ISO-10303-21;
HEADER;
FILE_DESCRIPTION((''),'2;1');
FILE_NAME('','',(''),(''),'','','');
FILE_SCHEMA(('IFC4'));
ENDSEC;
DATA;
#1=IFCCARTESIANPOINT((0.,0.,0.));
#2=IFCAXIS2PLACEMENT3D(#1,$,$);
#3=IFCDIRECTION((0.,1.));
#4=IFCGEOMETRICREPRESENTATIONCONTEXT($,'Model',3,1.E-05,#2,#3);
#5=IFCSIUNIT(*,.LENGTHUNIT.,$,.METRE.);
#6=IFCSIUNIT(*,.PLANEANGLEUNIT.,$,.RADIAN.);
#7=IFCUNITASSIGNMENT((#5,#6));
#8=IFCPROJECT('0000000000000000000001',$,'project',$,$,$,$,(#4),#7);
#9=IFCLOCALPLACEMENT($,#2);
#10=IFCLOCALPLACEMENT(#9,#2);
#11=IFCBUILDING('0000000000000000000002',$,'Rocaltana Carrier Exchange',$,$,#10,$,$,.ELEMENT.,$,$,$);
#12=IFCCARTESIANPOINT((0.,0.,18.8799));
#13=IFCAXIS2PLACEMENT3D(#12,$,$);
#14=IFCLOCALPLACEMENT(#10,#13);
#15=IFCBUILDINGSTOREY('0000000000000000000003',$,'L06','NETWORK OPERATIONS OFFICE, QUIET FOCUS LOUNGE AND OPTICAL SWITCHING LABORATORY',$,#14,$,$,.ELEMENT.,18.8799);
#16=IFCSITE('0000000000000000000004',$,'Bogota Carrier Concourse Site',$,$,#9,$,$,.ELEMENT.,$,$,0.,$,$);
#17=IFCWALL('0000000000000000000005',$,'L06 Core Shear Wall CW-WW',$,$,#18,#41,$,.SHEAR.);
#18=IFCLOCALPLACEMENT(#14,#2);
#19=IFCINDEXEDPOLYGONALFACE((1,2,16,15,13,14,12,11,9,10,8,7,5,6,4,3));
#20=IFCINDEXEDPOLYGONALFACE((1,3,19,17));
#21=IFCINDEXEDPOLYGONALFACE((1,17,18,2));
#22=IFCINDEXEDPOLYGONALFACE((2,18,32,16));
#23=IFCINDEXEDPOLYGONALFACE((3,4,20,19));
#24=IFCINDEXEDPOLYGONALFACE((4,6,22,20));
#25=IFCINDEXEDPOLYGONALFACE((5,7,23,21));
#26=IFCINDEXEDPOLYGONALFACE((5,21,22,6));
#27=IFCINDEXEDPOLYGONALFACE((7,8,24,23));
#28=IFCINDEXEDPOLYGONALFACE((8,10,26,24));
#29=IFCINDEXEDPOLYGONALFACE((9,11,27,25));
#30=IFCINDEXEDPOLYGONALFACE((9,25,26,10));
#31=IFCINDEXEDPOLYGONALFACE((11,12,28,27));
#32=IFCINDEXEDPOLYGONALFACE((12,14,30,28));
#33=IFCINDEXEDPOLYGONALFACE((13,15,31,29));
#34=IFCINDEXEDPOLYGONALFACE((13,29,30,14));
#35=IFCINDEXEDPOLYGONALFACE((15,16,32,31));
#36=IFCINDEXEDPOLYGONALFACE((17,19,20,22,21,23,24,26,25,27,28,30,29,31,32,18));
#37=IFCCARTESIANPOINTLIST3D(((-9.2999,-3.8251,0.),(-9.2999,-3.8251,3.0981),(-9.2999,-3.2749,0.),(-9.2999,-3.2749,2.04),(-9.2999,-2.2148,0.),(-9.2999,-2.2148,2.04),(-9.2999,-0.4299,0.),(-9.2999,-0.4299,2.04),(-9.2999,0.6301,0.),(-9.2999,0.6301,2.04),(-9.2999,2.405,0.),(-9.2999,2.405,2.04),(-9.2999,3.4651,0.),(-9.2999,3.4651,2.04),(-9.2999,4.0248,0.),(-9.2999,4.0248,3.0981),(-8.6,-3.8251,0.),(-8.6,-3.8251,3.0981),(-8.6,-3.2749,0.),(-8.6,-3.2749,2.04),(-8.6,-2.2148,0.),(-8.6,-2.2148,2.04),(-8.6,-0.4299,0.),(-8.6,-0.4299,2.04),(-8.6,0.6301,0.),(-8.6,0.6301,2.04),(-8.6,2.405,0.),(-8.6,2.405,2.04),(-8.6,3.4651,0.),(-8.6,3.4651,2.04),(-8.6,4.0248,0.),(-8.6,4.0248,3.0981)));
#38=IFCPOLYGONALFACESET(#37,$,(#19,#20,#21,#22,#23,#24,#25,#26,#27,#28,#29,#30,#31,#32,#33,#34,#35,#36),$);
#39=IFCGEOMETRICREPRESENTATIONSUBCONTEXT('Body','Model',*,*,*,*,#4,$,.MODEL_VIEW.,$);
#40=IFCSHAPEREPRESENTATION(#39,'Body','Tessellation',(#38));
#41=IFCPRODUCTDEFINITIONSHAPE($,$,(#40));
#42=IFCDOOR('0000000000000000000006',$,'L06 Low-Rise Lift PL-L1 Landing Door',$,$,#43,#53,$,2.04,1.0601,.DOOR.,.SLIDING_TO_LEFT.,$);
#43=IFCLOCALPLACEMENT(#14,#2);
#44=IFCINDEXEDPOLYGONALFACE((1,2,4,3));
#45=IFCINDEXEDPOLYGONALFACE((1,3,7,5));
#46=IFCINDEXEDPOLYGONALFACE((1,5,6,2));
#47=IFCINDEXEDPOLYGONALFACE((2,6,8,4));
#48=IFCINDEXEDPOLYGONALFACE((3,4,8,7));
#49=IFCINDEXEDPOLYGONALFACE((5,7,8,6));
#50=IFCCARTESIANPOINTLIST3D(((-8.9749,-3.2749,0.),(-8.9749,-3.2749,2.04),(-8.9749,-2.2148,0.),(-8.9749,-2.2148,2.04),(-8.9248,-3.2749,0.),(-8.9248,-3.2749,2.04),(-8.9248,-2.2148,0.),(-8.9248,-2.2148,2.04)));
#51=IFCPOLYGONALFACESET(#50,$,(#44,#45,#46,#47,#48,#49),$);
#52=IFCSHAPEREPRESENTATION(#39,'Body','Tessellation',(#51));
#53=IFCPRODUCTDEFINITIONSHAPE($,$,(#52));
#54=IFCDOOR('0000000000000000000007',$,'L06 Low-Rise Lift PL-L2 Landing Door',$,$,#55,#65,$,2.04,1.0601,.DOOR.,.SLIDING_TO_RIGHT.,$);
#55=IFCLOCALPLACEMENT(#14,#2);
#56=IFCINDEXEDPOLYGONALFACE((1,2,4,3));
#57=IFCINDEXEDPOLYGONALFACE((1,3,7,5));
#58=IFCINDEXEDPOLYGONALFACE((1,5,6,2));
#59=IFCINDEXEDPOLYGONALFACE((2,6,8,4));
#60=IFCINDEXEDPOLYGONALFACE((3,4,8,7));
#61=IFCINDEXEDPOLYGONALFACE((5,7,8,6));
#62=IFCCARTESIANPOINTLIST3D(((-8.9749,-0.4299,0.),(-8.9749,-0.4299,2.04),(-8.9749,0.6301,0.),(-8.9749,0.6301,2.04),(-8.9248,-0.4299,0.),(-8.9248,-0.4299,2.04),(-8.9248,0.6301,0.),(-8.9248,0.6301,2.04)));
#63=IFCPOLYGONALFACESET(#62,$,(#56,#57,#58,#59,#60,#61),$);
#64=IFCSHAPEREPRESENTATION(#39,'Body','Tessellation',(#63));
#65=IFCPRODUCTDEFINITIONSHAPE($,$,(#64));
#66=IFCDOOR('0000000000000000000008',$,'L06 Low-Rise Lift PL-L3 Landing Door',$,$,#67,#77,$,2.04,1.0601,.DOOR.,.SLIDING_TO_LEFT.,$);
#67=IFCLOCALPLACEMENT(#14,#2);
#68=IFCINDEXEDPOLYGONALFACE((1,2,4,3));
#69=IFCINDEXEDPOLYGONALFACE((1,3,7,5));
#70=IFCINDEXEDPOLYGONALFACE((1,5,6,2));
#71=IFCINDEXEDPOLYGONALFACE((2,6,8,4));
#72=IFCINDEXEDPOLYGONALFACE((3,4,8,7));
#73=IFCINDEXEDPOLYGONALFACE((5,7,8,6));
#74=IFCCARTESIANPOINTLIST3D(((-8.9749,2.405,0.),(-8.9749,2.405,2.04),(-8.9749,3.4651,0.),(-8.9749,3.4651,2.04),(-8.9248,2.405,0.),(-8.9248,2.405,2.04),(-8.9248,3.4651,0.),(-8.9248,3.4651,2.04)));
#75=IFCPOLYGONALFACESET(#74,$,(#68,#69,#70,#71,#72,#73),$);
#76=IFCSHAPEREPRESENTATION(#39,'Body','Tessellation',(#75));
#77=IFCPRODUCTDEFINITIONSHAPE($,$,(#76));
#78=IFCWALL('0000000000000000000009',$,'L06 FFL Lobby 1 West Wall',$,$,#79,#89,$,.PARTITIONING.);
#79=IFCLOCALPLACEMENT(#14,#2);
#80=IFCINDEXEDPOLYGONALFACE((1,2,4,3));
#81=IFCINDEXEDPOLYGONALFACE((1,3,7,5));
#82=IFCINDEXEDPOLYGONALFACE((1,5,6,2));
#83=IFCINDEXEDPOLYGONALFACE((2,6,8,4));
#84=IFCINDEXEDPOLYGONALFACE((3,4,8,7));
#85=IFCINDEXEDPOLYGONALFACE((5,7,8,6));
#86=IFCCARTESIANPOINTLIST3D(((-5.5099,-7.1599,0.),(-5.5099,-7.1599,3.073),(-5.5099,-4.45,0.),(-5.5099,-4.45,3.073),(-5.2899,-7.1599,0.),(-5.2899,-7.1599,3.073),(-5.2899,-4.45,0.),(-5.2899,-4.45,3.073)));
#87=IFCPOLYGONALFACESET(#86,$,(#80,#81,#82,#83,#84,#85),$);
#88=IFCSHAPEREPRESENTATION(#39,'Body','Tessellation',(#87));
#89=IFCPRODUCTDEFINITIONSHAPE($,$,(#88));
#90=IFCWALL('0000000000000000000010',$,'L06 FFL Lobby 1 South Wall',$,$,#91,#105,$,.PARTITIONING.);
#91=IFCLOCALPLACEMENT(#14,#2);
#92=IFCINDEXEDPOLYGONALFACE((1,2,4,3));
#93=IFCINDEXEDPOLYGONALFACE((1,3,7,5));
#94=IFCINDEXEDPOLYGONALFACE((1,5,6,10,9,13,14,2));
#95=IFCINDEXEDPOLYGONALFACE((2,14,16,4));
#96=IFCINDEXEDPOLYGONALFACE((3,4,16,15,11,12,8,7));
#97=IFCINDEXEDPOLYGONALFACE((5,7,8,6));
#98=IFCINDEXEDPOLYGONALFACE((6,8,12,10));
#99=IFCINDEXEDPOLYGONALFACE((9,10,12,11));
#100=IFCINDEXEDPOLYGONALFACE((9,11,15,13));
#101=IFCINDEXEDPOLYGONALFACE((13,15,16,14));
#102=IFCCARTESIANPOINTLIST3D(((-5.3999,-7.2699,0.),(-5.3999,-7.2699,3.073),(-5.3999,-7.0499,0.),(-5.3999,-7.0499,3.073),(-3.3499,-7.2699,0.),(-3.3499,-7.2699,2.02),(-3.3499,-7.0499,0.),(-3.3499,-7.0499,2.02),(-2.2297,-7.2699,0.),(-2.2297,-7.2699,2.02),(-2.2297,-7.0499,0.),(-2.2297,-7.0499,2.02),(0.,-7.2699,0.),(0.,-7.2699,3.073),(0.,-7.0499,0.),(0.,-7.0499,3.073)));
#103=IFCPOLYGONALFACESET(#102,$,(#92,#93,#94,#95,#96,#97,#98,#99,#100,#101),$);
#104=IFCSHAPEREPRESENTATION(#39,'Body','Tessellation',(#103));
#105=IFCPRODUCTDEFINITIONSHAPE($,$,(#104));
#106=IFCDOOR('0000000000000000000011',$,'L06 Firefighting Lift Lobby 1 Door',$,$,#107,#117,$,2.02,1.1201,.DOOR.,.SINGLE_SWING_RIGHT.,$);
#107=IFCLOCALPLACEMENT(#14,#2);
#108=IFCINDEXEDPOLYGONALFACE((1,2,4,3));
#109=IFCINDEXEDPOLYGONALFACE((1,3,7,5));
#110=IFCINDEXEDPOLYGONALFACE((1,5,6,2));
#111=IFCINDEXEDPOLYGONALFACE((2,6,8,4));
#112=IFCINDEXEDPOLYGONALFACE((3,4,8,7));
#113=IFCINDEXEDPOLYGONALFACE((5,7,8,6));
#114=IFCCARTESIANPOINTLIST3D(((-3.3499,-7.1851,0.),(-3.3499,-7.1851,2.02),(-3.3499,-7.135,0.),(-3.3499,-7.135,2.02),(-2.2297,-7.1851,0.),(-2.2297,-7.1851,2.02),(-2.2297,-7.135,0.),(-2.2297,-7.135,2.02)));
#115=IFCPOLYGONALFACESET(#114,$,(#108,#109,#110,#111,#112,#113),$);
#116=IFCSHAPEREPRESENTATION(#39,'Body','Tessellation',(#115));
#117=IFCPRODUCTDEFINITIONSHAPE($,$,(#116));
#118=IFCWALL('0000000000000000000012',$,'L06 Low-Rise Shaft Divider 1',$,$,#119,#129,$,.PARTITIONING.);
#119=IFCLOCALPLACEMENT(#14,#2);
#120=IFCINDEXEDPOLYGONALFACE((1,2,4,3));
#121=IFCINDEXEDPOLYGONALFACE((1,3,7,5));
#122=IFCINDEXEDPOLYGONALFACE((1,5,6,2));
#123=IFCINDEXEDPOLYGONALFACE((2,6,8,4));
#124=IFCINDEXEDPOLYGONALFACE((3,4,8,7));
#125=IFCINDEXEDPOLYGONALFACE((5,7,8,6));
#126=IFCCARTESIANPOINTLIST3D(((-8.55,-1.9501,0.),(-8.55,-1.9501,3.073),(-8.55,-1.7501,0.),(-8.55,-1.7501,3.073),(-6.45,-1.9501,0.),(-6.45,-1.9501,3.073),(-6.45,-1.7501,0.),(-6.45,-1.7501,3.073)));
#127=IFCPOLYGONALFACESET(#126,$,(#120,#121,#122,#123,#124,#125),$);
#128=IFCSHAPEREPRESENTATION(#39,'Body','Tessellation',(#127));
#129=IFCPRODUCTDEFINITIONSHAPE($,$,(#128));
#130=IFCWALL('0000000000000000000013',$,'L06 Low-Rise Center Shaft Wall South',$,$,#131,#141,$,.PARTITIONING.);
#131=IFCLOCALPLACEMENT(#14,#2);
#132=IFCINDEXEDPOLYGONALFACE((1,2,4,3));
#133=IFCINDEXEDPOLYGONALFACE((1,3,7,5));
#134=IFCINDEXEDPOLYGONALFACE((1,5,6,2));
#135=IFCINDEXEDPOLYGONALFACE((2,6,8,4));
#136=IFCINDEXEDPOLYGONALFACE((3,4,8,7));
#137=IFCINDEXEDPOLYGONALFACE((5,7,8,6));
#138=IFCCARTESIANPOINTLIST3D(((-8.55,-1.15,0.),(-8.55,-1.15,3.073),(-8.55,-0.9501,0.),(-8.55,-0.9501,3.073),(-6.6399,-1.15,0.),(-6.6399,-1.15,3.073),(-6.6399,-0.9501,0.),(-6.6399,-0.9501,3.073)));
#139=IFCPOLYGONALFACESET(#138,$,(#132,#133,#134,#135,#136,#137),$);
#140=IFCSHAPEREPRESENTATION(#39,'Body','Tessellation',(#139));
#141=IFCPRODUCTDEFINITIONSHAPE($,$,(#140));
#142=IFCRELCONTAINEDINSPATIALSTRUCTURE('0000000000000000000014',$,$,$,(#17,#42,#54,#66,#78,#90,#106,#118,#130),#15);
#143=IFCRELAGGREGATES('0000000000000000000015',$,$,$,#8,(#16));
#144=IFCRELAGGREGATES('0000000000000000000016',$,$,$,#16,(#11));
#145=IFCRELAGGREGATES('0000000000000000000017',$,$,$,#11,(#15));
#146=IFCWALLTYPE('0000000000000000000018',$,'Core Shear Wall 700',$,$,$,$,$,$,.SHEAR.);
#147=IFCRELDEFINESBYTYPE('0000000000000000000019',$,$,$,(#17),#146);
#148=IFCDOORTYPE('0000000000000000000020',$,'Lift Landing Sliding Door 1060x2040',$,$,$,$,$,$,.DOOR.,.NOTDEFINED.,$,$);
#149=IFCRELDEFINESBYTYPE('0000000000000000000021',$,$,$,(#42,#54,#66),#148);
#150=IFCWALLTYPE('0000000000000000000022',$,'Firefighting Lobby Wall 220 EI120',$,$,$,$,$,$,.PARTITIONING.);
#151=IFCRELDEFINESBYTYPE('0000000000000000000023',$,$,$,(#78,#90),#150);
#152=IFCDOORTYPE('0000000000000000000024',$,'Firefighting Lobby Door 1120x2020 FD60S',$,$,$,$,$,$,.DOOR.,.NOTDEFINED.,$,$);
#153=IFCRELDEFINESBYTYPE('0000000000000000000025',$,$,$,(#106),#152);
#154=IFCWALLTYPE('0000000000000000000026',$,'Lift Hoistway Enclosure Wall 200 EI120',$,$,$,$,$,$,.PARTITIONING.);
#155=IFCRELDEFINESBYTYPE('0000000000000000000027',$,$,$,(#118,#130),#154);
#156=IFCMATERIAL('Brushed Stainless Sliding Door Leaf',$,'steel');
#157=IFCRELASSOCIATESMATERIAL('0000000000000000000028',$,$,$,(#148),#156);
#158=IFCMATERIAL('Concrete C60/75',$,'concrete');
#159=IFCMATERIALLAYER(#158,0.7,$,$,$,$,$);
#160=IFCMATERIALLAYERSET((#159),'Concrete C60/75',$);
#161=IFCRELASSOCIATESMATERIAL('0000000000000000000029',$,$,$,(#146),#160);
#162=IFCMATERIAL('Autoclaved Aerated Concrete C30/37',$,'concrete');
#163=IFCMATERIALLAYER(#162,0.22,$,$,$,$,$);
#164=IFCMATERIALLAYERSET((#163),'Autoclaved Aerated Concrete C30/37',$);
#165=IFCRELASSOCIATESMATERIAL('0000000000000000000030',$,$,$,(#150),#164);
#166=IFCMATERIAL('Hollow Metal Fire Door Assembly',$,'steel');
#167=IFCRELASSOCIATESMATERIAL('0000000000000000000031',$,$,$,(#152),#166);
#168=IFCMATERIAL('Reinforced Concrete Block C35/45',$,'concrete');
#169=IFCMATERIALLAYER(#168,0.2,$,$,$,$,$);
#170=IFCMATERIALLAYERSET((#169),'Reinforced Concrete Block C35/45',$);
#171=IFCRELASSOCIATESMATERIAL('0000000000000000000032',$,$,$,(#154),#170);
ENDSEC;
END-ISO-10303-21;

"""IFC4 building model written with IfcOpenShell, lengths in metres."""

from ifc_helpers import new_model, si_unit, direction, frame, frame_2d, origin, place, context, subcontext, project, spatial, rectangle, extrude, material, layer, layer_set, type_object, element, fill, save


model = new_model("IFC4")

# Units and contexts
model_context = context("Model", 3, precision=1e-05, world=origin(), true_north=direction((0.0, 1.0)))
body_context = subcontext(model_context, "Body", "Model", "MODEL_VIEW")
ifc_project = project(units=[si_unit("LENGTHUNIT", "METRE"), si_unit("PLANEANGLEUNIT", "RADIAN")], contexts=[model_context])

# Site, building, storey
site_placement = place(None, origin())
site = spatial("IfcSite", under=ifc_project, at=site_placement, Name="Bogota Carrier Concourse Site", CompositionType="ELEMENT", RefElevation=0.0)
building_placement = place(site_placement, origin())
building = spatial("IfcBuilding", under=site, at=building_placement, Name="Rocaltana Carrier Exchange", CompositionType="ELEMENT")
storey_placement = place(building_placement, frame((0.0, 0.0, 18.8799)))
storey = spatial("IfcBuildingStorey", under=building, at=storey_placement, Name="L06", Description="NETWORK OPERATIONS OFFICE, QUIET FOCUS LOUNGE AND OPTICAL SWITCHING LABORATORY", CompositionType="ELEMENT", Elevation=18.8799)

# Shared definitions
ifc_material_1 = material(Name="Brushed Stainless Sliding Door Leaf", Category="steel")
door_type_1 = type_object("IfcDoorType", Name="Lift Landing Sliding Door 1060x2040", OperationType="NOTDEFINED", PredefinedType="DOOR", material=ifc_material_1)

# Shared definitions
ifc_material_2 = material(Name="Concrete C60/75", Category="concrete")
ifc_layer_1 = layer(ifc_material_2, 0.7)
ifc_layer_set_1 = layer_set([ifc_layer_1], Name="Concrete C60/75")
wall_type_1 = type_object("IfcWallType", Name="Core Shear Wall 700", PredefinedType="SHEAR", material=ifc_layer_set_1)

# Wall, openings, doors
wall_1_placement = place(storey_placement, frame((-8.95, -3.825, 0.0), z_axis=(0.0, 0.0, 1.0), x_axis=(0.0, 1.0, 0.0)))
wall_1 = element("IfcWall", 1, at=wall_1_placement, inside=storey, type_object=wall_type_1, Name="L06 Core Shear Wall CW-WW", PredefinedType="SHEAR", context=body_context, shape_type="SweptSolid", body=[
    extrude(rectangle(XDim=7.8499, YDim=0.7, at=frame_2d((3.9248, 0.0))), origin(), (0.0, 0.0, 1.0), 3.0981),
])
opening_1_placement = place(wall_1_placement, frame((0.55, 0.0, 0.0)))
opening_1 = element("IfcOpeningElement", 2, at=opening_1_placement, cuts=wall_1, PredefinedType="OPENING", context=body_context, shape_type="SweptSolid", body=[
    extrude(rectangle(XDim=1.0601, YDim=2.04, at=frame_2d((0.53, 1.02))), frame((0.0, 0.3599, 0.0), z_axis=(0.0, -1.0, 0.0), x_axis=(1.0, 0.0, 0.0)), (0.0, 0.0, 1.0), 0.72),
])
opening_2_placement = place(wall_1_placement, frame((3.395, 0.0, 0.0)))
opening_2 = element("IfcOpeningElement", 3, at=opening_2_placement, cuts=wall_1, PredefinedType="OPENING", context=body_context, shape_type="SweptSolid", body=[
    extrude(rectangle(XDim=1.0601, YDim=2.04, at=frame_2d((0.53, 1.02))), frame((0.0, 0.3599, 0.0), z_axis=(0.0, -1.0, 0.0), x_axis=(1.0, 0.0, 0.0)), (0.0, 0.0, 1.0), 0.72),
])
opening_3_placement = place(wall_1_placement, frame((6.23, 0.0, 0.0)))
opening_3 = element("IfcOpeningElement", 4, at=opening_3_placement, cuts=wall_1, PredefinedType="OPENING", context=body_context, shape_type="SweptSolid", body=[
    extrude(rectangle(XDim=1.0601, YDim=2.04, at=frame_2d((0.53, 1.02))), frame((0.0, 0.3599, 0.0), z_axis=(0.0, -1.0, 0.0), x_axis=(1.0, 0.0, 0.0)), (0.0, 0.0, 1.0), 0.72),
])
door_1_placement = place(opening_1_placement, origin())
door_1 = element("IfcDoor", 5, at=door_1_placement, inside=storey, type_object=door_type_1, Name="L06 Low-Rise Lift PL-L1 Landing Door", OperationType="SLIDING_TO_LEFT", OverallHeight=2.04, OverallWidth=1.0601, PredefinedType="DOOR", context=body_context, shape_type="SweptSolid", body=[
    extrude(rectangle(XDim=1.0601, YDim=2.04, at=frame_2d((0.53, 1.02))), frame((0.0, 0.0249, 0.0), z_axis=(0.0, -1.0, 0.0), x_axis=(1.0, 0.0, 0.0)), (0.0, 0.0, 1.0), 0.05),
])
fill(opening_1, door_1)
door_2_placement = place(opening_2_placement, origin())
door_2 = element("IfcDoor", 6, at=door_2_placement, inside=storey, type_object=door_type_1, Name="L06 Low-Rise Lift PL-L2 Landing Door", OperationType="SLIDING_TO_RIGHT", OverallHeight=2.04, OverallWidth=1.0601, PredefinedType="DOOR", context=body_context, shape_type="SweptSolid", body=[
    extrude(rectangle(XDim=1.0601, YDim=2.04, at=frame_2d((0.53, 1.02))), frame((0.0, 0.0249, 0.0), z_axis=(0.0, -1.0, 0.0), x_axis=(1.0, 0.0, 0.0)), (0.0, 0.0, 1.0), 0.05),
])
fill(opening_2, door_2)
door_3_placement = place(opening_3_placement, origin())
door_3 = element("IfcDoor", 7, at=door_3_placement, inside=storey, type_object=door_type_1, Name="L06 Low-Rise Lift PL-L3 Landing Door", OperationType="SLIDING_TO_LEFT", OverallHeight=2.04, OverallWidth=1.0601, PredefinedType="DOOR", context=body_context, shape_type="SweptSolid", body=[
    extrude(rectangle(XDim=1.0601, YDim=2.04, at=frame_2d((0.53, 1.02))), frame((0.0, 0.0249, 0.0), z_axis=(0.0, -1.0, 0.0), x_axis=(1.0, 0.0, 0.0)), (0.0, 0.0, 1.0), 0.05),
])
fill(opening_3, door_3)

# Wall
ifc_material_3 = material(Name="Autoclaved Aerated Concrete C30/37", Category="concrete")
ifc_layer_2 = layer(ifc_material_3, 0.22)
ifc_layer_set_2 = layer_set([ifc_layer_2], Name="Autoclaved Aerated Concrete C30/37")
wall_type_2 = type_object("IfcWallType", Name="Firefighting Lobby Wall 220 EI120", PredefinedType="PARTITIONING", material=ifc_layer_set_2)
wall_2_placement = place(storey_placement, frame((-5.3999, -7.1599, 0.0), z_axis=(0.0, 0.0, 1.0), x_axis=(0.0, 1.0, 0.0)))
element("IfcWall", 8, at=wall_2_placement, inside=storey, type_object=wall_type_2, Name="L06 FFL Lobby 1 West Wall", PredefinedType="PARTITIONING", context=body_context, shape_type="SweptSolid", body=[
    extrude(rectangle(XDim=2.71, YDim=0.22, at=frame_2d((1.355, 0.0))), origin(), (0.0, 0.0, 1.0), 3.073),
])

# Wall, opening, door
wall_3_placement = place(storey_placement, frame((-5.3999, -7.1599, 0.0), z_axis=(0.0, 0.0, 1.0), x_axis=(1.0, 0.0, 0.0)))
wall_3 = element("IfcWall", 9, at=wall_3_placement, inside=storey, type_object=wall_type_2, Name="L06 FFL Lobby 1 South Wall", PredefinedType="PARTITIONING", context=body_context, shape_type="SweptSolid", body=[
    extrude(rectangle(XDim=5.3999, YDim=0.22, at=frame_2d((2.7, 0.0))), origin(), (0.0, 0.0, 1.0), 3.073),
])
opening_4_placement = place(wall_3_placement, frame((2.05, 0.0, 0.0)))
opening_4 = element("IfcOpeningElement", 10, at=opening_4_placement, cuts=wall_3, PredefinedType="OPENING", context=body_context, shape_type="SweptSolid", body=[
    extrude(rectangle(XDim=1.1201, YDim=2.02, at=frame_2d((0.5601, 1.01))), frame((0.0, 0.1199, 0.0), z_axis=(0.0, -1.0, 0.0), x_axis=(1.0, 0.0, 0.0)), (0.0, 0.0, 1.0), 0.24),
])
ifc_material_4 = material(Name="Hollow Metal Fire Door Assembly", Category="steel")
door_type_2 = type_object("IfcDoorType", Name="Firefighting Lobby Door 1120x2020 FD60S", OperationType="NOTDEFINED", PredefinedType="DOOR", material=ifc_material_4)
door_4_placement = place(opening_4_placement, origin())
door_4 = element("IfcDoor", 11, at=door_4_placement, inside=storey, type_object=door_type_2, Name="L06 Firefighting Lift Lobby 1 Door", OperationType="SINGLE_SWING_RIGHT", OverallHeight=2.02, OverallWidth=1.1201, PredefinedType="DOOR", context=body_context, shape_type="SweptSolid", body=[
    extrude(rectangle(XDim=1.1201, YDim=2.02, at=frame_2d((0.5601, 1.01))), frame((0.0, 0.0249, 0.0), z_axis=(0.0, -1.0, 0.0), x_axis=(1.0, 0.0, 0.0)), (0.0, 0.0, 1.0), 0.05),
])
fill(opening_4, door_4)

# Walls
ifc_material_5 = material(Name="Reinforced Concrete Block C35/45", Category="concrete")
ifc_layer_3 = layer(ifc_material_5, 0.2)
ifc_layer_set_3 = layer_set([ifc_layer_3], Name="Reinforced Concrete Block C35/45")
wall_type_3 = type_object("IfcWallType", Name="Lift Hoistway Enclosure Wall 200 EI120", PredefinedType="PARTITIONING", material=ifc_layer_set_3)
wall_4_placement = place(storey_placement, frame((-8.55, -1.8501, 0.0), z_axis=(0.0, 0.0, 1.0), x_axis=(1.0, 0.0, 0.0)))
element("IfcWall", 12, at=wall_4_placement, inside=storey, type_object=wall_type_3, Name="L06 Low-Rise Shaft Divider 1", PredefinedType="PARTITIONING", context=body_context, shape_type="SweptSolid", body=[
    extrude(rectangle(XDim=2.1001, YDim=0.2, at=frame_2d((1.05, 0.0))), origin(), (0.0, 0.0, 1.0), 3.073),
])
wall_5_placement = place(storey_placement, frame((-8.55, -1.05, 0.0), z_axis=(0.0, 0.0, 1.0), x_axis=(1.0, 0.0, 0.0)))
element("IfcWall", 13, at=wall_5_placement, inside=storey, type_object=wall_type_3, Name="L06 Low-Rise Center Shaft Wall South", PredefinedType="PARTITIONING", context=body_context, shape_type="SweptSolid", body=[
    extrude(rectangle(XDim=1.9102, YDim=0.2, at=frame_2d((0.9551, 0.0))), origin(), (0.0, 0.0, 1.0), 3.073),
])

save(model, "model.ifc")
